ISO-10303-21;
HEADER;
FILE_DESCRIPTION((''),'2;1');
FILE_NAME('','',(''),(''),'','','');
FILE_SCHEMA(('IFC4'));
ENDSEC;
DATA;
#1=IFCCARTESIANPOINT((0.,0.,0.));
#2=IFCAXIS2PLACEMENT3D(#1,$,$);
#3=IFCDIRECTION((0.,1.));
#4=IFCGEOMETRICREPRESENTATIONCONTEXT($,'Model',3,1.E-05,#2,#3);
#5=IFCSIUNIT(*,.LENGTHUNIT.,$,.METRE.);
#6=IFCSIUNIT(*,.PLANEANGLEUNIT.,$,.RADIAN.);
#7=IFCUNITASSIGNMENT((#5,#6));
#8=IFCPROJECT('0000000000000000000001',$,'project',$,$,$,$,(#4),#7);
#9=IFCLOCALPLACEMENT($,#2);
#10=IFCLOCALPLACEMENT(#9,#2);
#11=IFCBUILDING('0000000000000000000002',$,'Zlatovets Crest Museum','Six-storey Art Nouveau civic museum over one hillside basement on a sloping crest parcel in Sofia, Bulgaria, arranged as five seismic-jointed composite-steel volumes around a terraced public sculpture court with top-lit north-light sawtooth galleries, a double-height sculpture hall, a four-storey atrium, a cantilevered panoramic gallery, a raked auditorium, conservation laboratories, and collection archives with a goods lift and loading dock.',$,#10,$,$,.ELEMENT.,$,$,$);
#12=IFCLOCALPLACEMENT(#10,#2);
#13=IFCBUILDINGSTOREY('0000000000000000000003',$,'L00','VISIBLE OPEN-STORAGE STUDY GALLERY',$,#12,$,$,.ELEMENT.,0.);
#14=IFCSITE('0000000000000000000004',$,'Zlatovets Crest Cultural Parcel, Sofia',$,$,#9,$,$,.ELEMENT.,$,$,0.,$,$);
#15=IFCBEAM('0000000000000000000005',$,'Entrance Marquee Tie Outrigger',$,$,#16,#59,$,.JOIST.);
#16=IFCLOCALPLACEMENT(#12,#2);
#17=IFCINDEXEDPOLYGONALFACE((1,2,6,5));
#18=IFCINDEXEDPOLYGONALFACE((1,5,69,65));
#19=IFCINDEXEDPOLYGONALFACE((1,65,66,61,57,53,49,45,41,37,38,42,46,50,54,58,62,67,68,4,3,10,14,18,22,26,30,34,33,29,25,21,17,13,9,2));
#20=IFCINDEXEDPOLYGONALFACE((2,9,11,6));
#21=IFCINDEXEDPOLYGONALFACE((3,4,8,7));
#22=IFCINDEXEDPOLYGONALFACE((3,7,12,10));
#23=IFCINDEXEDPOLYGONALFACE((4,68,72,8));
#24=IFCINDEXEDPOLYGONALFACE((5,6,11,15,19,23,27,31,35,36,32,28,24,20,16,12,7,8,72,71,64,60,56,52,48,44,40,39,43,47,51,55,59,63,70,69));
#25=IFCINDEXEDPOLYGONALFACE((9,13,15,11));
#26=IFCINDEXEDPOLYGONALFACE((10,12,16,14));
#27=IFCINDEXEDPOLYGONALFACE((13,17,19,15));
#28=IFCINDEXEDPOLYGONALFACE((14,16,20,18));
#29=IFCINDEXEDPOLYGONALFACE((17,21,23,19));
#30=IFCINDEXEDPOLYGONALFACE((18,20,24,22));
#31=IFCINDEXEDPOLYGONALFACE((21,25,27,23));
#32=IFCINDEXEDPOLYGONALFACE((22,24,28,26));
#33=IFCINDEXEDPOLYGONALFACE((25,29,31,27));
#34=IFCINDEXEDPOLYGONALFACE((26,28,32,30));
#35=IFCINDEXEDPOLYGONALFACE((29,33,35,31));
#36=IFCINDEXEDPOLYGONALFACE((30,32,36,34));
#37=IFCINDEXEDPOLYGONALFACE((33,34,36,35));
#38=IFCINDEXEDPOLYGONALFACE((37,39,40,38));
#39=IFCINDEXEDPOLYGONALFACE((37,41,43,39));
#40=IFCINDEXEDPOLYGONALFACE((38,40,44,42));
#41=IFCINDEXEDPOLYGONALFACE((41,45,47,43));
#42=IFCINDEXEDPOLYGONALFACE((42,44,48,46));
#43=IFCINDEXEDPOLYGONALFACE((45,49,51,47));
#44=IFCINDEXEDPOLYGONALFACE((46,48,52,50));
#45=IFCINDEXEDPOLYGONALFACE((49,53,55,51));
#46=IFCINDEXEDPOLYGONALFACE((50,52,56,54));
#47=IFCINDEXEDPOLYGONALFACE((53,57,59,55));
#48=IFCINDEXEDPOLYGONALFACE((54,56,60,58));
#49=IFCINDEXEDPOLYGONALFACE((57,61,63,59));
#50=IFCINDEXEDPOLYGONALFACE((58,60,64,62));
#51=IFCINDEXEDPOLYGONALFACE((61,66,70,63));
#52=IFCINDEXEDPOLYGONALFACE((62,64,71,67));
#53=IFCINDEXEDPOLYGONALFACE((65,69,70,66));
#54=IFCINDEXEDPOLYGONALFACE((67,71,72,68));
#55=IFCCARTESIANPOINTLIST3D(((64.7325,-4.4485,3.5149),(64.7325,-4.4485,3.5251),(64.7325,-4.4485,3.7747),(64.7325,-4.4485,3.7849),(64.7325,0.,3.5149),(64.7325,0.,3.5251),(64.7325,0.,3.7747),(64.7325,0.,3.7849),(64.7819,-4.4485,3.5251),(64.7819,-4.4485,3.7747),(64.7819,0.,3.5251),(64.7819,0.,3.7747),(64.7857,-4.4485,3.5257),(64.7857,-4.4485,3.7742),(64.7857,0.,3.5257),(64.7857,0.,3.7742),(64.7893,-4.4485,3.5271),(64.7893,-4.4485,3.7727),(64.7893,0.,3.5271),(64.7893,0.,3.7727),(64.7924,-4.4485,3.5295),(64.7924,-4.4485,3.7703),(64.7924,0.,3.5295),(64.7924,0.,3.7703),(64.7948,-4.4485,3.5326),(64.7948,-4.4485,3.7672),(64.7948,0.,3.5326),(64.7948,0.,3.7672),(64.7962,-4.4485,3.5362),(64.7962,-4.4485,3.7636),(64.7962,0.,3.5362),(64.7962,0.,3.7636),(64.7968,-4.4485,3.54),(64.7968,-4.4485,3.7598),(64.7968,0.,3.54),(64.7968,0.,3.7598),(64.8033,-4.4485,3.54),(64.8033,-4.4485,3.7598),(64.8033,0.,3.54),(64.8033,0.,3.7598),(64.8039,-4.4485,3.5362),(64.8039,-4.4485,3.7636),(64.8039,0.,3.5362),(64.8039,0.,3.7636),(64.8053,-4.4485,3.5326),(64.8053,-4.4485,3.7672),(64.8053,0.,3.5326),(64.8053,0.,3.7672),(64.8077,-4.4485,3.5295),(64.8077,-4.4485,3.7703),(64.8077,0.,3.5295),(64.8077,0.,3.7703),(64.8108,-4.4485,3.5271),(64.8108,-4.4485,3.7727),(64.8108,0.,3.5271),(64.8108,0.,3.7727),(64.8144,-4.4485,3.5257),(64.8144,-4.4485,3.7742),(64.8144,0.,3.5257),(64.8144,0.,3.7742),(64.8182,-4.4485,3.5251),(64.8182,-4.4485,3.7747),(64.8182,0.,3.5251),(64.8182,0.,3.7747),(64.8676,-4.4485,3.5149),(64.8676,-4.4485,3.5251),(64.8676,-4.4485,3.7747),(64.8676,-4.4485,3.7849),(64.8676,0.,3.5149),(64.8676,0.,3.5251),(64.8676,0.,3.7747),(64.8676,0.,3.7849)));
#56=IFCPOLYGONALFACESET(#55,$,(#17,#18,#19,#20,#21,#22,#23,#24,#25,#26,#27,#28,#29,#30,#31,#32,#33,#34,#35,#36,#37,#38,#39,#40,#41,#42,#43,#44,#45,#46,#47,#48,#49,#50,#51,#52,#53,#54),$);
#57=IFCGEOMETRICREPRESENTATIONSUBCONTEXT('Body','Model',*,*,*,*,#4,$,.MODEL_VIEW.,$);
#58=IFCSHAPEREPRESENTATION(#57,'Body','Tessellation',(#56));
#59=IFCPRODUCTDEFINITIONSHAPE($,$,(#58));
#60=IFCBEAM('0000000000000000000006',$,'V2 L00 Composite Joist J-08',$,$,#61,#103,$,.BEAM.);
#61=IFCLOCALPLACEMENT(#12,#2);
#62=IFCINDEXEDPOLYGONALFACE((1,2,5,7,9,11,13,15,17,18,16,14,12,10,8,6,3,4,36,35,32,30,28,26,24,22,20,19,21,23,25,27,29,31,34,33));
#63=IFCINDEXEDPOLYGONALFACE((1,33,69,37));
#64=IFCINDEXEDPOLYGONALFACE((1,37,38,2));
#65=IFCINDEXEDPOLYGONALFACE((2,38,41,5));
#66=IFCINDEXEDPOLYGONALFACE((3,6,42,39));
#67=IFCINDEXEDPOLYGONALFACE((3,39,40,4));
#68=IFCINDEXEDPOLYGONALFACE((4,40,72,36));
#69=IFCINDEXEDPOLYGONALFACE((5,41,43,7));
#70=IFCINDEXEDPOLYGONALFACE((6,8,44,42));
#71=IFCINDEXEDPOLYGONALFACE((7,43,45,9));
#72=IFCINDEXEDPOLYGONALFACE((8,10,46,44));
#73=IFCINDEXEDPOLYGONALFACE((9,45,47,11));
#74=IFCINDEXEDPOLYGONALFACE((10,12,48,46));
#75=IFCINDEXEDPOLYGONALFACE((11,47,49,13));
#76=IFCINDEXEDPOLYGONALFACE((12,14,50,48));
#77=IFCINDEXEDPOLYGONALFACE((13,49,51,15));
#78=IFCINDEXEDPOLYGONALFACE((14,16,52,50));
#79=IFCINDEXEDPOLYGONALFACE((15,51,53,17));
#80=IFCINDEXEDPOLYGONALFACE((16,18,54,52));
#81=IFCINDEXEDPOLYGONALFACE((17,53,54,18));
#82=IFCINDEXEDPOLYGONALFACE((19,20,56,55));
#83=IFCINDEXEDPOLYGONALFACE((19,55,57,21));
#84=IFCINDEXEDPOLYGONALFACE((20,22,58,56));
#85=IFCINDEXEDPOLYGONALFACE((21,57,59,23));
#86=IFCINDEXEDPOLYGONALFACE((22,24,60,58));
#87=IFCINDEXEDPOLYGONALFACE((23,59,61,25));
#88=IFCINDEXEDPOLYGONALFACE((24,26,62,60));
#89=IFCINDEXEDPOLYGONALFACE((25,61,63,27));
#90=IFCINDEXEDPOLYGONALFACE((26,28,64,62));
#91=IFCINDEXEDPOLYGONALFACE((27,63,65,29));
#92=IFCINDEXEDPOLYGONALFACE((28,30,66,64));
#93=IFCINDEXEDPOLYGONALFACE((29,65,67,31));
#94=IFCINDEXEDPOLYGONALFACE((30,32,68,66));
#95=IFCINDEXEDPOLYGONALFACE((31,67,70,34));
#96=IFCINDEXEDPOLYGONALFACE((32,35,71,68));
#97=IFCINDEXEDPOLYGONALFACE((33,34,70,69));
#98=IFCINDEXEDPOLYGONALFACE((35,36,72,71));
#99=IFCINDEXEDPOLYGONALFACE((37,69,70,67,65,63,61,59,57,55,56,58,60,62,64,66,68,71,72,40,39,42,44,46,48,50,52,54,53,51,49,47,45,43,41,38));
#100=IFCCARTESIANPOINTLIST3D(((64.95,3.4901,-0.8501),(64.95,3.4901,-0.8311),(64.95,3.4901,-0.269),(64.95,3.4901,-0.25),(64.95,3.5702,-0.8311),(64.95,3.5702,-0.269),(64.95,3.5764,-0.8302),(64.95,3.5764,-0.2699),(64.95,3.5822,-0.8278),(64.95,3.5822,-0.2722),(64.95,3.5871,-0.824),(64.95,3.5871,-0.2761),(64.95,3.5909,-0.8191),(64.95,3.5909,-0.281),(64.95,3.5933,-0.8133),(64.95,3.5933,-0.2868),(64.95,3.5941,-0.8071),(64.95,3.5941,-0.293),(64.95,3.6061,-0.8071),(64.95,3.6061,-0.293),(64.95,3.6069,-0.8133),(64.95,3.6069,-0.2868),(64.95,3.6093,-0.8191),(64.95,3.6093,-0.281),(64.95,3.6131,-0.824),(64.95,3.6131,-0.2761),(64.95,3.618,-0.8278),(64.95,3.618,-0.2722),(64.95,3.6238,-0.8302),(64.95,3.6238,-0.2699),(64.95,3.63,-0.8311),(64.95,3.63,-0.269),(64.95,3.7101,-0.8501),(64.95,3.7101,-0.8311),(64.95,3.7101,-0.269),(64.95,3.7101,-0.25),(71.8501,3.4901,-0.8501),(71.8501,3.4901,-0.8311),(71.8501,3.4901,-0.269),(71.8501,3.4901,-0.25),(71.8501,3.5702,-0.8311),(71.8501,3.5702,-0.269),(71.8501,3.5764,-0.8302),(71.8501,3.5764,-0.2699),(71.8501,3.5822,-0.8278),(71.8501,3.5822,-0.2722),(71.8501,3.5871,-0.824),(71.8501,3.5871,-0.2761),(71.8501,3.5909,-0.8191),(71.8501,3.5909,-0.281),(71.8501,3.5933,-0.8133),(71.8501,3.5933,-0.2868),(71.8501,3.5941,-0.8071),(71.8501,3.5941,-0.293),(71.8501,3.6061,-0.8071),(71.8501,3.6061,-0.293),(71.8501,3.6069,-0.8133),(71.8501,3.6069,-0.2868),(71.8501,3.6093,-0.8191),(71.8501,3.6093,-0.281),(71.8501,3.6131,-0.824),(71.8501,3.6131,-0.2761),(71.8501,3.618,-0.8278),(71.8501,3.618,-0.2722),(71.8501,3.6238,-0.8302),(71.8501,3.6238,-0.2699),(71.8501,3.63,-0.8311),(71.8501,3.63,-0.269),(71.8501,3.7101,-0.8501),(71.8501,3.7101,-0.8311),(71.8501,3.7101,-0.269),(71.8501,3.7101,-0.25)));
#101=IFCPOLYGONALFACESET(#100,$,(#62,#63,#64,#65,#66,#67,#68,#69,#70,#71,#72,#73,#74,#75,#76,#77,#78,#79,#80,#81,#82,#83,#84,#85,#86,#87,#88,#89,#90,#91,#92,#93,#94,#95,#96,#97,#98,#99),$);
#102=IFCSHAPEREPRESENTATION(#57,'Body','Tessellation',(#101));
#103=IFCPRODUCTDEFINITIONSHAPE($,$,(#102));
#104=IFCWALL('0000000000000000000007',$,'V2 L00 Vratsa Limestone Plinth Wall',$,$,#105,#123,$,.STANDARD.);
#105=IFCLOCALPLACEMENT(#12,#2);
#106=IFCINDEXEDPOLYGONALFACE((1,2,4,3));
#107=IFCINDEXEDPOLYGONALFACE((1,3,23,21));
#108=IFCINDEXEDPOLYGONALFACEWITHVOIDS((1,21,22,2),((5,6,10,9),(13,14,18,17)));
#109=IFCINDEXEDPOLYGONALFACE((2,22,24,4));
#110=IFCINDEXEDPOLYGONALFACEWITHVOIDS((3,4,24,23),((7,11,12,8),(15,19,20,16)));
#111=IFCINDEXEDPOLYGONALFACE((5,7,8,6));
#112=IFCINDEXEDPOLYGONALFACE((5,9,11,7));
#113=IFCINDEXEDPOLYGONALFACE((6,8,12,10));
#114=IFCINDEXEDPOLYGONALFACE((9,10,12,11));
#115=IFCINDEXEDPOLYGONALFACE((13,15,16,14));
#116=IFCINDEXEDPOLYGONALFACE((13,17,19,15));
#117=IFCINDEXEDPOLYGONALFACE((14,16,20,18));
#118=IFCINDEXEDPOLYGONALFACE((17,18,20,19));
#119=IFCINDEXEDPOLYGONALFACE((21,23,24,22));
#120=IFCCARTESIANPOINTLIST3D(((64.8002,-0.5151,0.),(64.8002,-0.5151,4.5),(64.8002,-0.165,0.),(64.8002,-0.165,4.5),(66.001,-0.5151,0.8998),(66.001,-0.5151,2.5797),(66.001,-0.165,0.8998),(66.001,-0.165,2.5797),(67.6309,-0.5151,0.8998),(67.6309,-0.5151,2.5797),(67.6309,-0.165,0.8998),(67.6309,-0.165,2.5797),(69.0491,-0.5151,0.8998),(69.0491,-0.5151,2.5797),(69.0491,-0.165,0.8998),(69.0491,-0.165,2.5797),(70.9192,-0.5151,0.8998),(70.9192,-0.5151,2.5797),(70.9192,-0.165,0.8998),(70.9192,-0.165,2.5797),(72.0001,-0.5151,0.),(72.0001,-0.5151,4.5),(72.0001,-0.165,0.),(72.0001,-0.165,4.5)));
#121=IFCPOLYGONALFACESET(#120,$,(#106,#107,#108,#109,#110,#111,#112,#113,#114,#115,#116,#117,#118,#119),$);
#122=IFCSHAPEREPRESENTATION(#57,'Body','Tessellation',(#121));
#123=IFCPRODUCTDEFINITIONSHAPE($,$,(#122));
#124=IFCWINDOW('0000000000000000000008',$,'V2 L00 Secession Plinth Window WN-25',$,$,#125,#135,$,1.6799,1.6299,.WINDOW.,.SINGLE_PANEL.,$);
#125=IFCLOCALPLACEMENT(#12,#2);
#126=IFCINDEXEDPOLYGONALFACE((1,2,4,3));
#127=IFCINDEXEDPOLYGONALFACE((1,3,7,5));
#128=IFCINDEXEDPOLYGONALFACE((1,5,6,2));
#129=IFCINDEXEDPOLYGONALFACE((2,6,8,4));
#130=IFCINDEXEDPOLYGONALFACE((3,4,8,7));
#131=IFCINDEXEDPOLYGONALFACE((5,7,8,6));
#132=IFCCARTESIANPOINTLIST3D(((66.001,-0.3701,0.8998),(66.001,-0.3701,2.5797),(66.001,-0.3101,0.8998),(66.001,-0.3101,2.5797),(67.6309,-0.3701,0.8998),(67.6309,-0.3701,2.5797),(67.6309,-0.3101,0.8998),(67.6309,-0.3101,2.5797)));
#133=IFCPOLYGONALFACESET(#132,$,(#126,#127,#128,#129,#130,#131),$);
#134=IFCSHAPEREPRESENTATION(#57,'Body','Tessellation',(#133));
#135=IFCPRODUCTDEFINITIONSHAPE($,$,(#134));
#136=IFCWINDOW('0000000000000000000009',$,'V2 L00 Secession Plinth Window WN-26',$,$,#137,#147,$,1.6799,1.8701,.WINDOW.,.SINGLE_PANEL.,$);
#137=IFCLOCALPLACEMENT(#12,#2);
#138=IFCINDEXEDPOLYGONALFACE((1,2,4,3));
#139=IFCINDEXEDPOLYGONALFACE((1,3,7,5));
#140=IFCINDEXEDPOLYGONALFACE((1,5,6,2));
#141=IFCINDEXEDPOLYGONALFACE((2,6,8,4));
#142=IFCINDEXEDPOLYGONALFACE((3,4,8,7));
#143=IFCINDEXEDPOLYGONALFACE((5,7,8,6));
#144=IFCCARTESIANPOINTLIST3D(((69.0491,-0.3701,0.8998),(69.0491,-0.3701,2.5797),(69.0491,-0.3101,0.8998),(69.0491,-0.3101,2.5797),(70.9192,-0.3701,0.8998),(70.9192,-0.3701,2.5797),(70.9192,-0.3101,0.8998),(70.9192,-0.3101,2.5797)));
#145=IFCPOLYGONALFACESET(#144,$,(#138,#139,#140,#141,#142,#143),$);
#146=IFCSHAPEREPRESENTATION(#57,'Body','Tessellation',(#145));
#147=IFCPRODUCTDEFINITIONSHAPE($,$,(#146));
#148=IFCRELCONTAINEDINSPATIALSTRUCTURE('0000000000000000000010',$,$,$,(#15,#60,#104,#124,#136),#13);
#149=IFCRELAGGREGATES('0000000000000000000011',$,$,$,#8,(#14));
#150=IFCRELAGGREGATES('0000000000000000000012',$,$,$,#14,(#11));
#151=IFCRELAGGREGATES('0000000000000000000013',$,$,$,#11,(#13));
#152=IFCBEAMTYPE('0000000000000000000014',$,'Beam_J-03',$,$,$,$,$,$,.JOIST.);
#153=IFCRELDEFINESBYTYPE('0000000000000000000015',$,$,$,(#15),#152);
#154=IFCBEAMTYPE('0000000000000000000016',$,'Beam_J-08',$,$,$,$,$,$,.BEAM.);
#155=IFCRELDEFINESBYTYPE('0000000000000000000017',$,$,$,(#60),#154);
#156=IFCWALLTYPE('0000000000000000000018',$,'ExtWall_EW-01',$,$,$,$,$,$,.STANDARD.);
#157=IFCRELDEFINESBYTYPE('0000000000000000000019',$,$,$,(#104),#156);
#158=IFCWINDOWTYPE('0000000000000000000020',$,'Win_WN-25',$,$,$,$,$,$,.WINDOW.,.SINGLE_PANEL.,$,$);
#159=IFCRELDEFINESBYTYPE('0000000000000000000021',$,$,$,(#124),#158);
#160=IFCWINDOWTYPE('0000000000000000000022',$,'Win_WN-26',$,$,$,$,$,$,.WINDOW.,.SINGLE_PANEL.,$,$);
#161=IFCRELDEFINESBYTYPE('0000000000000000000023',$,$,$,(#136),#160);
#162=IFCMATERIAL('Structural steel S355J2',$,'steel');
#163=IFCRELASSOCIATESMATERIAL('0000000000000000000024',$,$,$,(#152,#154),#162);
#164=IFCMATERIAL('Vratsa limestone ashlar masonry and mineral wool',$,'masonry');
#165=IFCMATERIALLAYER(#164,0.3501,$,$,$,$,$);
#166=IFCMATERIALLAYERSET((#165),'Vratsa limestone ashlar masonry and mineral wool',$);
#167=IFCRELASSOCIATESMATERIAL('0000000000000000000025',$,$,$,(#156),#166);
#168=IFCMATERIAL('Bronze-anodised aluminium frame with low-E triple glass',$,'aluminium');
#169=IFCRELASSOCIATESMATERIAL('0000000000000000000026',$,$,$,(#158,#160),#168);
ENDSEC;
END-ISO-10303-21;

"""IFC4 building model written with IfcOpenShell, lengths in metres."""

from ifc_helpers import new_model, si_unit, direction, frame, frame_2d, origin, origin_2d, place, context, subcontext, project, spatial, rectangle, i_section, extrude, material, layer, layer_set, material_profile, profile_set, type_object, element, fill, save


model = new_model("IFC4")

# Units and contexts
model_context = context("Model", 3, precision=1e-05, world=origin(), true_north=direction((0.0, 1.0)))
body_context = subcontext(model_context, "Body", "Model", "MODEL_VIEW")
ifc_project = project(units=[si_unit("LENGTHUNIT", "METRE"), si_unit("PLANEANGLEUNIT", "RADIAN")], contexts=[model_context])

# Site, building, storey
site_placement = place(None, origin())
site = spatial("IfcSite", under=ifc_project, at=site_placement, Name="Zlatovets Crest Cultural Parcel, Sofia", CompositionType="ELEMENT", RefElevation=0.0)
building_placement = place(site_placement, origin())
building = spatial("IfcBuilding", under=site, at=building_placement, Name="Zlatovets Crest Museum", Description="Six-storey Art Nouveau civic museum over one hillside basement on a sloping crest parcel in Sofia, Bulgaria, arranged as five seismic-jointed composite-steel volumes around a terraced public sculpture court with top-lit north-light sawtooth galleries, a double-height sculpture hall, a four-storey atrium, a cantilevered panoramic gallery, a raked auditorium, conservation laboratories, and collection archives with a goods lift and loading dock.", CompositionType="ELEMENT")
storey_placement = place(building_placement, origin())
storey = spatial("IfcBuildingStorey", under=building, at=storey_placement, Name="L00", Description="VISIBLE OPEN-STORAGE STUDY GALLERY", CompositionType="ELEMENT", Elevation=0.0)

# Shared definitions
ifc_material_1 = material(Name="Structural steel S355J2", Category="steel")

# Beams
ifc_material_profile_1 = material_profile(ifc_material_1, i_section(OverallWidth=0.135, OverallDepth=0.27, WebThickness=0.0066, FlangeThickness=0.0103, FilletRadius=0.0149, at=origin_2d()), Name="IPE 270")
ifc_profile_set_1 = profile_set([ifc_material_profile_1], Name="Structural steel S355J2")
beam_type_1 = type_object("IfcBeamType", Name="Beam_J-03", PredefinedType="JOIST", material=ifc_profile_set_1)
beam_1_placement = place(storey_placement, frame((64.8, 0.0, 3.6499), z_axis=(0.0, -1.0, 0.0), x_axis=(1.0, 0.0, 0.0)))
element("IfcBeam", 1, at=beam_1_placement, inside=storey, type_object=beam_type_1, Name="Entrance Marquee Tie Outrigger", PredefinedType="JOIST", context=body_context, shape_type="SweptSolid", body=[
    extrude(i_section(OverallWidth=0.135, OverallDepth=0.27, WebThickness=0.0066, FlangeThickness=0.0103, FilletRadius=0.0149, at=origin_2d()), origin(), (0.0, 0.0, 1.0), 4.4485),
])
ifc_material_profile_2 = material_profile(ifc_material_1, i_section(OverallWidth=0.22, OverallDepth=0.6001, WebThickness=0.012, FlangeThickness=0.019, FilletRadius=0.0239, at=origin_2d()), Name="IPE 600")
ifc_profile_set_2 = profile_set([ifc_material_profile_2], Name="Structural steel S355J2")
beam_type_2 = type_object("IfcBeamType", Name="Beam_J-08", PredefinedType="BEAM", material=ifc_profile_set_2)
beam_2_placement = place(storey_placement, frame((64.95, 3.6001, -0.55), z_axis=(1.0, 0.0, 0.0), x_axis=(0.0, 1.0, 0.0)))
element("IfcBeam", 2, at=beam_2_placement, inside=storey, type_object=beam_type_2, Name="V2 L00 Composite Joist J-08", PredefinedType="BEAM", context=body_context, shape_type="SweptSolid", body=[
    extrude(i_section(OverallWidth=0.22, OverallDepth=0.6001, WebThickness=0.012, FlangeThickness=0.019, FilletRadius=0.0239, at=origin_2d()), origin(), (0.0, 0.0, 1.0), 6.9001),
])

# Wall, openings, windows
ifc_material_2 = material(Name="Vratsa limestone ashlar masonry and mineral wool", Category="masonry")
ifc_layer_1 = layer(ifc_material_2, 0.3501)
ifc_layer_set_1 = layer_set([ifc_layer_1], Name="Vratsa limestone ashlar masonry and mineral wool")
wall_type_1 = type_object("IfcWallType", Name="ExtWall_EW-01", PredefinedType="STANDARD", material=ifc_layer_set_1)
wall_1_placement = place(storey_placement, frame((64.8, -0.3401, 0.0), z_axis=(0.0, 0.0, 1.0), x_axis=(1.0, 0.0, 0.0)))
wall_1 = element("IfcWall", 3, at=wall_1_placement, inside=storey, type_object=wall_type_1, Name="V2 L00 Vratsa Limestone Plinth Wall", PredefinedType="STANDARD", context=body_context, shape_type="SweptSolid", body=[
    extrude(rectangle(XDim=7.2, YDim=0.3501, at=frame_2d((3.6001, 0.0))), origin(), (0.0, 0.0, 1.0), 4.5),
])
opening_1_placement = place(wall_1_placement, frame((1.2009, 0.0, 0.8999)))
opening_1 = element("IfcOpeningElement", 4, at=opening_1_placement, cuts=wall_1, PredefinedType="OPENING", context=body_context, shape_type="SweptSolid", body=[
    extrude(rectangle(XDim=1.6299, YDim=1.6799, at=frame_2d((0.8149, 0.8398))), frame((0.0, 0.1851, 0.0), z_axis=(0.0, -1.0, 0.0), x_axis=(1.0, 0.0, 0.0)), (0.0, 0.0, 1.0), 0.3701),
])
opening_2_placement = place(wall_1_placement, frame((4.249, 0.0, 0.8999)))
opening_2 = element("IfcOpeningElement", 5, at=opening_2_placement, cuts=wall_1, PredefinedType="OPENING", context=body_context, shape_type="SweptSolid", body=[
    extrude(rectangle(XDim=1.8701, YDim=1.6799, at=frame_2d((0.9351, 0.8398))), frame((0.0, 0.1851, 0.0), z_axis=(0.0, -1.0, 0.0), x_axis=(1.0, 0.0, 0.0)), (0.0, 0.0, 1.0), 0.3701),
])
ifc_material_3 = material(Name="Bronze-anodised aluminium frame with low-E triple glass", Category="aluminium")
window_type_1 = type_object("IfcWindowType", Name="Win_WN-25", PartitioningType="SINGLE_PANEL", PredefinedType="WINDOW", material=ifc_material_3)
window_1_placement = place(opening_1_placement, origin())
window_1 = element("IfcWindow", 6, at=window_1_placement, inside=storey, type_object=window_type_1, Name="V2 L00 Secession Plinth Window WN-25", OverallHeight=1.6799, OverallWidth=1.6299, PartitioningType="SINGLE_PANEL", PredefinedType="WINDOW", context=body_context, shape_type="SweptSolid", body=[
    extrude(rectangle(XDim=1.6299, YDim=1.6799, at=frame_2d((0.8149, 0.8398))), frame((0.0, 0.03, 0.0), z_axis=(0.0, -1.0, 0.0), x_axis=(1.0, 0.0, 0.0)), (0.0, 0.0, 1.0), 0.0601),
])
fill(opening_1, window_1)
window_type_2 = type_object("IfcWindowType", Name="Win_WN-26", PartitioningType="SINGLE_PANEL", PredefinedType="WINDOW", material=ifc_material_3)
window_2_placement = place(opening_2_placement, origin())
window_2 = element("IfcWindow", 7, at=window_2_placement, inside=storey, type_object=window_type_2, Name="V2 L00 Secession Plinth Window WN-26", OverallHeight=1.6799, OverallWidth=1.8701, PartitioningType="SINGLE_PANEL", PredefinedType="WINDOW", context=body_context, shape_type="SweptSolid", body=[
    extrude(rectangle(XDim=1.8701, YDim=1.6799, at=frame_2d((0.9351, 0.8398))), frame((0.0, 0.03, 0.0), z_axis=(0.0, -1.0, 0.0), x_axis=(1.0, 0.0, 0.0)), (0.0, 0.0, 1.0), 0.0601),
])
fill(opening_2, window_2)

save(model, "model.ifc")
